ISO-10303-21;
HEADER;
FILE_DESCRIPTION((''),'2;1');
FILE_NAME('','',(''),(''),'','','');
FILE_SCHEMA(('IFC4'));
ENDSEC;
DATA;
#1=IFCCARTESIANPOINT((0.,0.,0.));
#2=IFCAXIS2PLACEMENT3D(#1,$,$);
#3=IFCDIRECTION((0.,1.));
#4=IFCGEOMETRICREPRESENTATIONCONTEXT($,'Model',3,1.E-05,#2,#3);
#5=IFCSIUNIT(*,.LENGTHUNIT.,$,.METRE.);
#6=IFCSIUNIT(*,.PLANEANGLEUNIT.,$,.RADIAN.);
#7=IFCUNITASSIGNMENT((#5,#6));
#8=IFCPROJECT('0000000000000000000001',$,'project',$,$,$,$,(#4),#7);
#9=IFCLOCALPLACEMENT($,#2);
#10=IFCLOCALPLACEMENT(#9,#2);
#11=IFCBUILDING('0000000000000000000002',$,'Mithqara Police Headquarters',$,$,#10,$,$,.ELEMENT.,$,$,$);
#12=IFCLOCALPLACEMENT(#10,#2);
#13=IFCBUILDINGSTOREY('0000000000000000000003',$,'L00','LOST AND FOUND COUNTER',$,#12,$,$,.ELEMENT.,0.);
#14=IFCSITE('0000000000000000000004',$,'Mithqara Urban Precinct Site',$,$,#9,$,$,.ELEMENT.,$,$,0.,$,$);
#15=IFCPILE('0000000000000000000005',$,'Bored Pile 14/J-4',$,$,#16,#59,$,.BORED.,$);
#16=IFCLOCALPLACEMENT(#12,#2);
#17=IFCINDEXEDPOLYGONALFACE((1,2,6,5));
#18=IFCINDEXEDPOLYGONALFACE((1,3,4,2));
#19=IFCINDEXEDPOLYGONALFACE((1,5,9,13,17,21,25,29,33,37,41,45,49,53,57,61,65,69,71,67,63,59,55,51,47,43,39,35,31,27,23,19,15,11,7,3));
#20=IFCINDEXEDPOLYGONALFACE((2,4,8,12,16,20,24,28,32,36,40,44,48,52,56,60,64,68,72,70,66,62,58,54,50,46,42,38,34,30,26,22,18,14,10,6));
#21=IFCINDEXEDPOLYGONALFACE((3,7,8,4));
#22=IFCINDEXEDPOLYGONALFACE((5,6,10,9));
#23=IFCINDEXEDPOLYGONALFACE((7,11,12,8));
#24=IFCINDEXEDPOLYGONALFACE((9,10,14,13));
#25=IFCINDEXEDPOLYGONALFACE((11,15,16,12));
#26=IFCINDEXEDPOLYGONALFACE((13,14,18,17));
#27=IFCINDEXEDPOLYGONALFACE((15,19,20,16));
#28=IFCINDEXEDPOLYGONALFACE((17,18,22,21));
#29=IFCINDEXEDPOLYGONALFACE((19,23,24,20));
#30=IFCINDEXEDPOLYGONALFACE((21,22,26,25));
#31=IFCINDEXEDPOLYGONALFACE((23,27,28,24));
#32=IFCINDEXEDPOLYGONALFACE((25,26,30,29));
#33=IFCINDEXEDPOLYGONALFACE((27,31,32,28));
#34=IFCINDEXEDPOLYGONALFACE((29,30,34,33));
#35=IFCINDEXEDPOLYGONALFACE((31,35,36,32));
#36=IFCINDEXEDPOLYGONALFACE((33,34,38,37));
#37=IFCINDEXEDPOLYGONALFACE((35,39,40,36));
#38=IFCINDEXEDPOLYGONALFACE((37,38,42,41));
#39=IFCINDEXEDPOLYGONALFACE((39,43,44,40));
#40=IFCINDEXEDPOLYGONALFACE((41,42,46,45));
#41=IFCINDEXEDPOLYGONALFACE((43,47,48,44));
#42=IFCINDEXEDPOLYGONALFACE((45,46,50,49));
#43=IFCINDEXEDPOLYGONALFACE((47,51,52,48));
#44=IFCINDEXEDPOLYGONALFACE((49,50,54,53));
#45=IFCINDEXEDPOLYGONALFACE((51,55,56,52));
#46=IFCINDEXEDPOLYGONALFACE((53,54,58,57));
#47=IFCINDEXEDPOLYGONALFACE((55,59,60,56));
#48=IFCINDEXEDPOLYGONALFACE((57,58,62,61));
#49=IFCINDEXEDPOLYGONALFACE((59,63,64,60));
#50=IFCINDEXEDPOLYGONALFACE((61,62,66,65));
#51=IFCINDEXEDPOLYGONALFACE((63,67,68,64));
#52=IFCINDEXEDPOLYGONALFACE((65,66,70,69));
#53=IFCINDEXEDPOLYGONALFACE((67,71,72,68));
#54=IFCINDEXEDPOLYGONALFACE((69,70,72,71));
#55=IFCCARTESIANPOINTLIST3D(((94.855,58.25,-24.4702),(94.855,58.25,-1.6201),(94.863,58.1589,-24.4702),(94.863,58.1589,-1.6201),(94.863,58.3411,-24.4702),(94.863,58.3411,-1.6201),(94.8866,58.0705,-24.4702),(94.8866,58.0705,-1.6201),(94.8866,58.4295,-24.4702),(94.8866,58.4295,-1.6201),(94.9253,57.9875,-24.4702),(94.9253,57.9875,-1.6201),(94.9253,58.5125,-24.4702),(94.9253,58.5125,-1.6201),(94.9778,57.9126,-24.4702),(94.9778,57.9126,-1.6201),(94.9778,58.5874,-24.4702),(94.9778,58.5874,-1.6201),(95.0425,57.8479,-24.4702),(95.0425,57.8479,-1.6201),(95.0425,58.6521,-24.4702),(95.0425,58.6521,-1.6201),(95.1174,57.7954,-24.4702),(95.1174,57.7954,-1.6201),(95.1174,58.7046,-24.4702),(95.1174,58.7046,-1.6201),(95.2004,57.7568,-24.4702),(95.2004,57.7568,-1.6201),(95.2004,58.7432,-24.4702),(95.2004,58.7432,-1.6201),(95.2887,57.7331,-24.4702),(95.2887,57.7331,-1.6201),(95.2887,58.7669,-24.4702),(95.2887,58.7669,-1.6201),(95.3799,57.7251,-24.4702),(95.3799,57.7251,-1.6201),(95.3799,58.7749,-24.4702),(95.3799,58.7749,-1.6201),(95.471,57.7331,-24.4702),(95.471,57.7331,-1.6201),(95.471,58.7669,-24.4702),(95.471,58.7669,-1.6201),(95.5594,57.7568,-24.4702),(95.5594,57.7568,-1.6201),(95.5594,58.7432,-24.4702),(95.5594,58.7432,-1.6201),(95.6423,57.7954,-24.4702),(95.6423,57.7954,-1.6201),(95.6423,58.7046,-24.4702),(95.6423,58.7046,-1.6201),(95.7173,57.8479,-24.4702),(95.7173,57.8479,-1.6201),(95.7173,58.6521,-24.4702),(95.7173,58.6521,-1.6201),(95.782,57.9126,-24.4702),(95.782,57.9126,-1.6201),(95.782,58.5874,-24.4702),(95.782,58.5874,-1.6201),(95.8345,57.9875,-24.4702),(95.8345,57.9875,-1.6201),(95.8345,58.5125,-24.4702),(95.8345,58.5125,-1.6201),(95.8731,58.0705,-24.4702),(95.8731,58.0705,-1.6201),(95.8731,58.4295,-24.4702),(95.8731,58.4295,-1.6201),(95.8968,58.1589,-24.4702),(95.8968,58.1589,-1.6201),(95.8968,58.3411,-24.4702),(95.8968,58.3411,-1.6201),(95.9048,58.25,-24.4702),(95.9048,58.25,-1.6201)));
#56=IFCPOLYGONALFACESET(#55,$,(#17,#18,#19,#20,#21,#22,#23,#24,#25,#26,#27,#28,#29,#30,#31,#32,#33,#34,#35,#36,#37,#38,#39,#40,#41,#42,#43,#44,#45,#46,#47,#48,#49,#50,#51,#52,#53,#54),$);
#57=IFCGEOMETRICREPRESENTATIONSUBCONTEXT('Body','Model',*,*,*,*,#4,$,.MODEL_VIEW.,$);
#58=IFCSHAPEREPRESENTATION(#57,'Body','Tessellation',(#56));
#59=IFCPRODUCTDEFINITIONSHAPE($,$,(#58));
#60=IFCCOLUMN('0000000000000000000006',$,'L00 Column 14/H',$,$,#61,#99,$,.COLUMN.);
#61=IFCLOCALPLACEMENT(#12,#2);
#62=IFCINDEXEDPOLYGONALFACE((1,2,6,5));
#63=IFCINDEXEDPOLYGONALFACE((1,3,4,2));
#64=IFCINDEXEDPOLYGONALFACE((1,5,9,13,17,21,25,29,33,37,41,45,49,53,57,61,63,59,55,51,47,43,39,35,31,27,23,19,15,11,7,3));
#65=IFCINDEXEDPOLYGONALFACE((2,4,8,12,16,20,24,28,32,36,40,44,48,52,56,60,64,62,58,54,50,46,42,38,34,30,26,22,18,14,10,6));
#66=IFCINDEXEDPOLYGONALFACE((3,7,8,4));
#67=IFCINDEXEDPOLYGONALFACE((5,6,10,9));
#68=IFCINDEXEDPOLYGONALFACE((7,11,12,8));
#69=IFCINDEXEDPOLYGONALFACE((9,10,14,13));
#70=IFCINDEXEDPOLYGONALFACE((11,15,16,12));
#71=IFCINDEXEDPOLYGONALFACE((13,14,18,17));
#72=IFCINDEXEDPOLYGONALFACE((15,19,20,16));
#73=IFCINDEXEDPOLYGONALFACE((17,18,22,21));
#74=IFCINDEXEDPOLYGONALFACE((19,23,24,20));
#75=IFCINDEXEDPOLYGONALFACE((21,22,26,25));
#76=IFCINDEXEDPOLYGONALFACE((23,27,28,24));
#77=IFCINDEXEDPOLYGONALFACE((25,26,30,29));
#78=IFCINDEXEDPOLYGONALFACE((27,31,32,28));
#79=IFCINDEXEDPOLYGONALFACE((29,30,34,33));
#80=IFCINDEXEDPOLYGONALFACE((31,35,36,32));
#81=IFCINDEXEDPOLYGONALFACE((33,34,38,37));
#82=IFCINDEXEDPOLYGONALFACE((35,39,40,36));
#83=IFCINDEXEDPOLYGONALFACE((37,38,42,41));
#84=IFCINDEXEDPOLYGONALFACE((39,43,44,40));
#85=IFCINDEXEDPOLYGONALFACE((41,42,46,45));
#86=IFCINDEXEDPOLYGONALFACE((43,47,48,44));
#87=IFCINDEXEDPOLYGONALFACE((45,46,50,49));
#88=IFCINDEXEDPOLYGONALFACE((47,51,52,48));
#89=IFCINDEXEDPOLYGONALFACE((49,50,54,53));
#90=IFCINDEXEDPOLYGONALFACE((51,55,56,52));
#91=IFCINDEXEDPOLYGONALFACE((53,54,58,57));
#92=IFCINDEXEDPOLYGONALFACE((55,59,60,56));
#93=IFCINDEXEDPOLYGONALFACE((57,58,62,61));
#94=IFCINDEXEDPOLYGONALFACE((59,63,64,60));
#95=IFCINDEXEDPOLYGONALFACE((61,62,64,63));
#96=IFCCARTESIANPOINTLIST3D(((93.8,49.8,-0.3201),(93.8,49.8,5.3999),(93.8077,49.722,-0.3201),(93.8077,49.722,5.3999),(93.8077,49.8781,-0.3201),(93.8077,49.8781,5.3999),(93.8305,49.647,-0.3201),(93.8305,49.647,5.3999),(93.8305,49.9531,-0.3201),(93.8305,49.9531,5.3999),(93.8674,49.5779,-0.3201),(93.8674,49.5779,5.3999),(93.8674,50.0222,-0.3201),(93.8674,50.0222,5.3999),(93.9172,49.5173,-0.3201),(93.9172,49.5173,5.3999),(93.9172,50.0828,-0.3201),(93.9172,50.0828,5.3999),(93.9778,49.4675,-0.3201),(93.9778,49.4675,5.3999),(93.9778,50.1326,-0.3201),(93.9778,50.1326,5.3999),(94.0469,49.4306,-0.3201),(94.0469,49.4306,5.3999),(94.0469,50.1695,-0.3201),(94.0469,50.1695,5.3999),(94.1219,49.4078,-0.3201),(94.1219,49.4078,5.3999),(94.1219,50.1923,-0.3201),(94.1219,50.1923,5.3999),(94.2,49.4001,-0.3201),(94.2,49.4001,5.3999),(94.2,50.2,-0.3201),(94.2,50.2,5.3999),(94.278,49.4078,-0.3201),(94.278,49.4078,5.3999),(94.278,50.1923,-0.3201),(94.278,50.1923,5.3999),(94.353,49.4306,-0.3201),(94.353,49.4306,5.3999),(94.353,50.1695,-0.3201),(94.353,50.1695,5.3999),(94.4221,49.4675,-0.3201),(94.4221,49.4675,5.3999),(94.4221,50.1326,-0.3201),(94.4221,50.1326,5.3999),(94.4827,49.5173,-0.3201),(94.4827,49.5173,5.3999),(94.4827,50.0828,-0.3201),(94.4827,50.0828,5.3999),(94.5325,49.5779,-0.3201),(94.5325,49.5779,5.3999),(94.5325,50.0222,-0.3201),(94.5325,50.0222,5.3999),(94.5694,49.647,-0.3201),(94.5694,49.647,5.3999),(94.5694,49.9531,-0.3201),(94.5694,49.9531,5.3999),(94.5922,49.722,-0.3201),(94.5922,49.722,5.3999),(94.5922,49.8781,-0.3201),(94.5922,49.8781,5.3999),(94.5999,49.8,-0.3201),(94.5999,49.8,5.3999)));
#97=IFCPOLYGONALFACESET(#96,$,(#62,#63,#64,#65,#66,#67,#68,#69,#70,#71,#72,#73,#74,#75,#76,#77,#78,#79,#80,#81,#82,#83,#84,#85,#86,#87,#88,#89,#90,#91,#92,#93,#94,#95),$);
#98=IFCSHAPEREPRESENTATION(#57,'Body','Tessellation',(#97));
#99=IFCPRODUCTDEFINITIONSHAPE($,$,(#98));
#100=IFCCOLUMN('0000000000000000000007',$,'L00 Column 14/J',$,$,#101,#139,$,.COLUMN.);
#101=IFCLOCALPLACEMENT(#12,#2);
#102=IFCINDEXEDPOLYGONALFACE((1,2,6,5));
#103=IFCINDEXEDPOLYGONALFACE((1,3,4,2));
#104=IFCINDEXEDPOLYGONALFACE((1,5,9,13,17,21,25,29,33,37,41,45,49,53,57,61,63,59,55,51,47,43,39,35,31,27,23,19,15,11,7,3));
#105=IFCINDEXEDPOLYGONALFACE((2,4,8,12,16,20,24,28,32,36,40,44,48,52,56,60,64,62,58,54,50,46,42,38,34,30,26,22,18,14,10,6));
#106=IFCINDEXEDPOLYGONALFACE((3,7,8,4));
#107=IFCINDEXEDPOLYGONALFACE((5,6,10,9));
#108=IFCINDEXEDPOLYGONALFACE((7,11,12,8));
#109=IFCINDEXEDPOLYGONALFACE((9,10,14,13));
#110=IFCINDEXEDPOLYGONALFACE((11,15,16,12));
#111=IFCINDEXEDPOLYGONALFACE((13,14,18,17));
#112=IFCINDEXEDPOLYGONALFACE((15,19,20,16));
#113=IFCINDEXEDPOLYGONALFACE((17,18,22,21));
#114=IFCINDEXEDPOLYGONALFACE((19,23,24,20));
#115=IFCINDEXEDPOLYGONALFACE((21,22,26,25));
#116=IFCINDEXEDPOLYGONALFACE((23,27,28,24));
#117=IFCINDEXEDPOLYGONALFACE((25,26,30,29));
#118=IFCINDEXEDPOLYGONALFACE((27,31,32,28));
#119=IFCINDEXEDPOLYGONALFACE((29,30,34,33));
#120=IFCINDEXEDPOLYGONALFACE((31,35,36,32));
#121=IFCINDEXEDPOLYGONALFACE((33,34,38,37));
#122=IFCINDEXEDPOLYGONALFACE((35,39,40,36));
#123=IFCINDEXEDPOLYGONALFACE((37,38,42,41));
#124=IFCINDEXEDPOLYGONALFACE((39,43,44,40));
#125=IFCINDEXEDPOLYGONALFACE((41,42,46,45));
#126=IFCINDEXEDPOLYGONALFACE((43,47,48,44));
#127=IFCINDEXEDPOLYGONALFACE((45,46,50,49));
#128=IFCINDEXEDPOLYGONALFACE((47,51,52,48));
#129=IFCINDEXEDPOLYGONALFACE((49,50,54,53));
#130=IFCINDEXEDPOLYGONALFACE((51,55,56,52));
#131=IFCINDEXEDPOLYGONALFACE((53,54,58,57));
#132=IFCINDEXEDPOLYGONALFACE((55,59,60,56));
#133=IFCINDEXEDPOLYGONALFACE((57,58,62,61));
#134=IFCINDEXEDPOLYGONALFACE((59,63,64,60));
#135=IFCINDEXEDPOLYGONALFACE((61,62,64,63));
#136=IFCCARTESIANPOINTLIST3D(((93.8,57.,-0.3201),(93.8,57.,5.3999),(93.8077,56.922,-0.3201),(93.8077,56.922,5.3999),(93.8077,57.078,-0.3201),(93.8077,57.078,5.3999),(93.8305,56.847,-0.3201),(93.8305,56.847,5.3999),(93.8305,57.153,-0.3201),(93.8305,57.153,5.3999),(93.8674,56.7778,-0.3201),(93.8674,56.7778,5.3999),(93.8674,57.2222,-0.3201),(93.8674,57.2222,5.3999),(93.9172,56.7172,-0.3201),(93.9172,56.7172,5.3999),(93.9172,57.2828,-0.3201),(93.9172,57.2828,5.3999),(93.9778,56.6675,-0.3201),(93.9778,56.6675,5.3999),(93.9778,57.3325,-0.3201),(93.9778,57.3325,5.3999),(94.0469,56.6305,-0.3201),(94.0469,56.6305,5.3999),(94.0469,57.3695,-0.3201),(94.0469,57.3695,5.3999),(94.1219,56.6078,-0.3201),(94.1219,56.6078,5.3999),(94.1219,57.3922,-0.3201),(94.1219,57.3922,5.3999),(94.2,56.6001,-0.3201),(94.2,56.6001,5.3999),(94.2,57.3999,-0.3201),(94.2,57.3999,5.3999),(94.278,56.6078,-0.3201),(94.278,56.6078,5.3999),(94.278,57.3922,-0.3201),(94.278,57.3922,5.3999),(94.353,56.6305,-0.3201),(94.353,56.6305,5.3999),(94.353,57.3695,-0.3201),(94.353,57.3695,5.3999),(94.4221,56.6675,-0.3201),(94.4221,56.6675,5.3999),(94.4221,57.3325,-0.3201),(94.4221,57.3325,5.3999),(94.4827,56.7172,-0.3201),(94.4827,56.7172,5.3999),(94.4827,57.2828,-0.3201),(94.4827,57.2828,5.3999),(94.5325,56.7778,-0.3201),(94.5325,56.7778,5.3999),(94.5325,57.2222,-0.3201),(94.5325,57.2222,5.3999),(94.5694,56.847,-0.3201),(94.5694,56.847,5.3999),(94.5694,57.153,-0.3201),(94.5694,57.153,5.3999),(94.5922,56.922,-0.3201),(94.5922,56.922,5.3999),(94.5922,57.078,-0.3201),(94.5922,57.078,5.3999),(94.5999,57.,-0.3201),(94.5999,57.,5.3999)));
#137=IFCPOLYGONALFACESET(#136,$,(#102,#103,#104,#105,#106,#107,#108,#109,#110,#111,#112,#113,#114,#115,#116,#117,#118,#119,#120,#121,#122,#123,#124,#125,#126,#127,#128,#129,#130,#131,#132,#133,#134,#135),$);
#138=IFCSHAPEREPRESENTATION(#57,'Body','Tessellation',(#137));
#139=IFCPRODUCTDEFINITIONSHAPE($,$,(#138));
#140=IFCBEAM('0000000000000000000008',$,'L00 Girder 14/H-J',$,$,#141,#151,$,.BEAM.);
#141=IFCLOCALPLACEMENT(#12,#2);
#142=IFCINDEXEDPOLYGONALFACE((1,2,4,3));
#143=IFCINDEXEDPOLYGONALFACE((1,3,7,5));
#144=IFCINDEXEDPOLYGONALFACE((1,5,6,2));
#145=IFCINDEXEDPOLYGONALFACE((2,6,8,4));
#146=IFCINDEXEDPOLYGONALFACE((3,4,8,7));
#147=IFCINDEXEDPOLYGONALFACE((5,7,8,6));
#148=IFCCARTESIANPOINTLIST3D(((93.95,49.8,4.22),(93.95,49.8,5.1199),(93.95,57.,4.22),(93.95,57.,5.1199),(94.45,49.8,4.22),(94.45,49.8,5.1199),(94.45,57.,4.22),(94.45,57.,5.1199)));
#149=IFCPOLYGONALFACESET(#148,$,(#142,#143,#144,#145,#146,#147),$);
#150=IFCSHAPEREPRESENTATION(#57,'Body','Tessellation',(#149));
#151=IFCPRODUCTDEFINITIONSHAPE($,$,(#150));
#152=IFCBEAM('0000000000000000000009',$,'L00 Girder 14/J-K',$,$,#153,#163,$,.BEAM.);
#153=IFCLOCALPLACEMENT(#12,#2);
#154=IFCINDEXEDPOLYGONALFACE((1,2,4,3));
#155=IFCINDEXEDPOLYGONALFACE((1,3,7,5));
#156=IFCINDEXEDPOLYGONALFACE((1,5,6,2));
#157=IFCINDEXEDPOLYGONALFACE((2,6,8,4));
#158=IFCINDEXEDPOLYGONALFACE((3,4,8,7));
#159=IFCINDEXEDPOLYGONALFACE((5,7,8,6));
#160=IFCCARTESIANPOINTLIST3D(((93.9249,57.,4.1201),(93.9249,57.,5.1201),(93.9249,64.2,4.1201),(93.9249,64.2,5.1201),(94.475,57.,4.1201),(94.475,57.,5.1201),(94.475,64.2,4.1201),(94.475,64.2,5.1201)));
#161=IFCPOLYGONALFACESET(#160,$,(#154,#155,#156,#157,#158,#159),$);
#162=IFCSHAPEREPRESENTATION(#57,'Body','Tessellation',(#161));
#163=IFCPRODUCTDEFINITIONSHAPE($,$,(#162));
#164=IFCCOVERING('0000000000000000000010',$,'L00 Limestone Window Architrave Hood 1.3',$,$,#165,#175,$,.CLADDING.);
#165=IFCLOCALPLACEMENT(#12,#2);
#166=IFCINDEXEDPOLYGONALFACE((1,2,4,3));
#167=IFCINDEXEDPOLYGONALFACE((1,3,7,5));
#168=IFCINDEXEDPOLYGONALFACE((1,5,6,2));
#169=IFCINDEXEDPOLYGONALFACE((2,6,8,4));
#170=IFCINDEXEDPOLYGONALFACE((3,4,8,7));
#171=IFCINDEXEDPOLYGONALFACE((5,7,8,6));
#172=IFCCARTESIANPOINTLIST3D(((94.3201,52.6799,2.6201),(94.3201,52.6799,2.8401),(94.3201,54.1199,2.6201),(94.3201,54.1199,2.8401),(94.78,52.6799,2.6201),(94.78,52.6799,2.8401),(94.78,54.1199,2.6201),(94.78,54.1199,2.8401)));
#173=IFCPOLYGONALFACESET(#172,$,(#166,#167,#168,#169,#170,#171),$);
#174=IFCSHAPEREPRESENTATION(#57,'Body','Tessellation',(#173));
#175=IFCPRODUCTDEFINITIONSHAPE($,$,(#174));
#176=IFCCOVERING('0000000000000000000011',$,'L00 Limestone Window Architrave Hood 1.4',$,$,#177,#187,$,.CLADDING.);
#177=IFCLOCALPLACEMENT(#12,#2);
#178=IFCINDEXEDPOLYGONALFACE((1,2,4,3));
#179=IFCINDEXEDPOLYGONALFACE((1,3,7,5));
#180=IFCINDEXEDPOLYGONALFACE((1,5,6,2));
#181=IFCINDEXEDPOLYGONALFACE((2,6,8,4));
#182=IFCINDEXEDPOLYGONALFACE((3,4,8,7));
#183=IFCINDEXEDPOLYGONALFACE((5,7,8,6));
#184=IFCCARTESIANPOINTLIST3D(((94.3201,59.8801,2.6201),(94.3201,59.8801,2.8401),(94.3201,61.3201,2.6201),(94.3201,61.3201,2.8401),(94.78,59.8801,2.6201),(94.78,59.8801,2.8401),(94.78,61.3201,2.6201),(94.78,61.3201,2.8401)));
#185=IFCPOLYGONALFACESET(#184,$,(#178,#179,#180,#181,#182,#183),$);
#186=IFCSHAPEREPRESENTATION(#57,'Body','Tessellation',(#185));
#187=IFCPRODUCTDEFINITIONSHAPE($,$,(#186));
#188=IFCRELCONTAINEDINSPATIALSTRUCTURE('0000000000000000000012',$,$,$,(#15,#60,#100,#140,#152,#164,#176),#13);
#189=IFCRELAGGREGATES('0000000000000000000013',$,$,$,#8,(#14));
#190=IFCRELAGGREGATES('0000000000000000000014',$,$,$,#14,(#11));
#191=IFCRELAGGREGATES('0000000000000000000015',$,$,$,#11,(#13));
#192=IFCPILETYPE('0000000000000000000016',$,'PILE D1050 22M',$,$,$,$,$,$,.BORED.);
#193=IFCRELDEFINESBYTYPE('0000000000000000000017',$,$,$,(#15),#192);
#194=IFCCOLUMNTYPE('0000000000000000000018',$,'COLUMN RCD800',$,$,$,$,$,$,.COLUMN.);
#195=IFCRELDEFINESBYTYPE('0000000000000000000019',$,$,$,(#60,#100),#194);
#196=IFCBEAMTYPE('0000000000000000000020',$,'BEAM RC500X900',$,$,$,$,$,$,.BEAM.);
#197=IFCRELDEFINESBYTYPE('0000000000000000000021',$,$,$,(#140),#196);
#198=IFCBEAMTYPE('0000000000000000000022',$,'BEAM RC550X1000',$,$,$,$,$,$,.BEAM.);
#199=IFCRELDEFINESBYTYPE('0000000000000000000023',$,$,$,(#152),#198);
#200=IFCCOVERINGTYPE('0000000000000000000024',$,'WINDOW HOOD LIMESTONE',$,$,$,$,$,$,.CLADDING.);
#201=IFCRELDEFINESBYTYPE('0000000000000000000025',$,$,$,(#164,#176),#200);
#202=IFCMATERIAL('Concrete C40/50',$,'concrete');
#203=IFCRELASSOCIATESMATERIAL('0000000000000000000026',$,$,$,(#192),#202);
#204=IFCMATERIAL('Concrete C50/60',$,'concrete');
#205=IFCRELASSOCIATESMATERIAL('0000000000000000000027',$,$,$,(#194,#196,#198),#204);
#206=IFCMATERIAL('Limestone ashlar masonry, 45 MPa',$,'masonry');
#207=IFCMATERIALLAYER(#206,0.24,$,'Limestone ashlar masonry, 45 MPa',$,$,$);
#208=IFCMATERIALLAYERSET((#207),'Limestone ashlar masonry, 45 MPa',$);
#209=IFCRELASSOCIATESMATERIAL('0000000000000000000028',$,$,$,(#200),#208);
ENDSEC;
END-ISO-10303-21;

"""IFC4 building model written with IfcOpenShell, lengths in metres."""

from ifc_helpers import new_model, si_unit, direction, frame, origin, origin_2d, place, context, subcontext, project, spatial, rectangle, circle, extrude, material, layer, layer_set, material_profile, profile_set, type_object, element, save


model = new_model("IFC4")

# Units and contexts
model_context = context("Model", 3, precision=1e-05, world=origin(), true_north=direction((0.0, 1.0)))
body_context = subcontext(model_context, "Body", "Model", "MODEL_VIEW")
ifc_project = project(units=[si_unit("LENGTHUNIT", "METRE"), si_unit("PLANEANGLEUNIT", "RADIAN")], contexts=[model_context])

# Site, building, storey
site_placement = place(None, origin())
site = spatial("IfcSite", under=ifc_project, at=site_placement, Name="Mithqara Urban Precinct Site", CompositionType="ELEMENT", RefElevation=0.0)
building_placement = place(site_placement, origin())
building = spatial("IfcBuilding", under=site, at=building_placement, Name="Mithqara Police Headquarters", CompositionType="ELEMENT")
storey_placement = place(building_placement, origin())
storey = spatial("IfcBuildingStorey", under=building, at=storey_placement, Name="L00", Description="LOST AND FOUND COUNTER", CompositionType="ELEMENT", Elevation=0.0)

# Shared definitions
ifc_material_1 = material(Name="Concrete C40/50", Category="concrete")

# Pile
ifc_material_profile_1 = material_profile(ifc_material_1, circle(Radius=0.5249, at=origin_2d()), Name="PILE D1050")
ifc_profile_set_1 = profile_set([ifc_material_profile_1], Name="Concrete C40/50")
pile_type = type_object("IfcPileType", Name="PILE D1050 22M", PredefinedType="BORED", material=ifc_profile_set_1)
for number, where, z_axis, x_axis, name in (
    (1, (95.3799, 58.25, -1.6201), (0.0, 0.0, -1.0), (1.0, 0.0, 0.0), "Bored Pile 14/J-4"),
):
    element("IfcPile", number, at=place(storey_placement, frame(where, z_axis=z_axis, x_axis=x_axis)), inside=storey, type_object=pile_type, Name=name, PredefinedType="BORED", context=body_context, shape_type="SweptSolid", body=[
        extrude(circle(Radius=0.5249, at=origin_2d()), origin(), (0.0, 0.0, 1.0), 22.8501),
    ])

# Columns
ifc_material_2 = material(Name="Concrete C50/60", Category="concrete")
ifc_material_profile_2 = material_profile(ifc_material_2, circle(Radius=0.3999, at=origin_2d()), Name="RCD 800")
ifc_profile_set_2 = profile_set([ifc_material_profile_2], Name="Concrete C50/60")
column_type = type_object("IfcColumnType", Name="COLUMN RCD800", PredefinedType="COLUMN", material=ifc_profile_set_2)
for number, where, z_axis, x_axis, name in (
    (2, (94.2, 49.8, -0.3201), (0.0, 0.0, 1.0), (1.0, 0.0, 0.0), "L00 Column 14/H"),
    (3, (94.2, 57.0, -0.3201), (0.0, 0.0, 1.0), (1.0, 0.0, 0.0), "L00 Column 14/J"),
):
    element("IfcColumn", number, at=place(storey_placement, frame(where, z_axis=z_axis, x_axis=x_axis)), inside=storey, type_object=column_type, Name=name, PredefinedType="COLUMN", context=body_context, shape_type="SweptSolid", body=[
        extrude(circle(Radius=0.3999, at=origin_2d()), origin(), (0.0, 0.0, 1.0), 5.72),
    ])

# Beams
ifc_material_profile_3 = material_profile(ifc_material_2, rectangle(XDim=0.5, YDim=0.8999, at=origin_2d()), Name="RC 500x900")
ifc_profile_set_3 = profile_set([ifc_material_profile_3], Name="Concrete C50/60")
beam_type_1 = type_object("IfcBeamType", Name="BEAM RC500X900", PredefinedType="BEAM", material=ifc_profile_set_3)
beam_1_placement = place(storey_placement, frame((94.2, 49.8, 4.6699), z_axis=(0.0, 1.0, 0.0), x_axis=(-1.0, 0.0, 0.0)))
element("IfcBeam", 4, at=beam_1_placement, inside=storey, type_object=beam_type_1, Name="L00 Girder 14/H-J", PredefinedType="BEAM", context=body_context, shape_type="SweptSolid", body=[
    extrude(rectangle(XDim=0.5, YDim=0.8999, at=origin_2d()), origin(), (0.0, 0.0, 1.0), 7.2),
])
ifc_material_profile_4 = material_profile(ifc_material_2, rectangle(XDim=0.55, YDim=1.0, at=origin_2d()), Name="RC 550x1000")
ifc_profile_set_4 = profile_set([ifc_material_profile_4], Name="Concrete C50/60")
beam_type_2 = type_object("IfcBeamType", Name="BEAM RC550X1000", PredefinedType="BEAM", material=ifc_profile_set_4)
beam_2_placement = place(storey_placement, frame((94.2, 57.0, 4.6201), z_axis=(0.0, 1.0, 0.0), x_axis=(-1.0, 0.0, 0.0)))
element("IfcBeam", 5, at=beam_2_placement, inside=storey, type_object=beam_type_2, Name="L00 Girder 14/J-K", PredefinedType="BEAM", context=body_context, shape_type="SweptSolid", body=[
    extrude(rectangle(XDim=0.55, YDim=1.0, at=origin_2d()), origin(), (0.0, 0.0, 1.0), 7.2),
])

# Coverings
ifc_material_3 = material(Name="Limestone ashlar masonry, 45 MPa", Category="masonry")
ifc_layer = layer(ifc_material_3, 0.24, Name="Limestone ashlar masonry, 45 MPa")
ifc_layer_set = layer_set([ifc_layer], Name="Limestone ashlar masonry, 45 MPa")
covering_type = type_object("IfcCoveringType", Name="WINDOW HOOD LIMESTONE", PredefinedType="CLADDING", material=ifc_layer_set)
for number, where, z_axis, x_axis, name in (
    (6, (94.55, 53.3999, 2.6201), (0.0, 0.0, 1.0), (0.0, 1.0, 0.0), "L00 Limestone Window Architrave Hood 1.3"),
    (7, (94.55, 60.6001, 2.6201), (0.0, 0.0, 1.0), (0.0, 1.0, 0.0), "L00 Limestone Window Architrave Hood 1.4"),
):
    element("IfcCovering", number, at=place(storey_placement, frame(where, z_axis=z_axis, x_axis=x_axis)), inside=storey, type_object=covering_type, Name=name, PredefinedType="CLADDING", context=body_context, shape_type="SweptSolid", body=[
        extrude(rectangle(XDim=1.4399, YDim=0.46, at=origin_2d()), origin(), (0.0, 0.0, 1.0), 0.22),
    ])

save(model, "model.ifc")
